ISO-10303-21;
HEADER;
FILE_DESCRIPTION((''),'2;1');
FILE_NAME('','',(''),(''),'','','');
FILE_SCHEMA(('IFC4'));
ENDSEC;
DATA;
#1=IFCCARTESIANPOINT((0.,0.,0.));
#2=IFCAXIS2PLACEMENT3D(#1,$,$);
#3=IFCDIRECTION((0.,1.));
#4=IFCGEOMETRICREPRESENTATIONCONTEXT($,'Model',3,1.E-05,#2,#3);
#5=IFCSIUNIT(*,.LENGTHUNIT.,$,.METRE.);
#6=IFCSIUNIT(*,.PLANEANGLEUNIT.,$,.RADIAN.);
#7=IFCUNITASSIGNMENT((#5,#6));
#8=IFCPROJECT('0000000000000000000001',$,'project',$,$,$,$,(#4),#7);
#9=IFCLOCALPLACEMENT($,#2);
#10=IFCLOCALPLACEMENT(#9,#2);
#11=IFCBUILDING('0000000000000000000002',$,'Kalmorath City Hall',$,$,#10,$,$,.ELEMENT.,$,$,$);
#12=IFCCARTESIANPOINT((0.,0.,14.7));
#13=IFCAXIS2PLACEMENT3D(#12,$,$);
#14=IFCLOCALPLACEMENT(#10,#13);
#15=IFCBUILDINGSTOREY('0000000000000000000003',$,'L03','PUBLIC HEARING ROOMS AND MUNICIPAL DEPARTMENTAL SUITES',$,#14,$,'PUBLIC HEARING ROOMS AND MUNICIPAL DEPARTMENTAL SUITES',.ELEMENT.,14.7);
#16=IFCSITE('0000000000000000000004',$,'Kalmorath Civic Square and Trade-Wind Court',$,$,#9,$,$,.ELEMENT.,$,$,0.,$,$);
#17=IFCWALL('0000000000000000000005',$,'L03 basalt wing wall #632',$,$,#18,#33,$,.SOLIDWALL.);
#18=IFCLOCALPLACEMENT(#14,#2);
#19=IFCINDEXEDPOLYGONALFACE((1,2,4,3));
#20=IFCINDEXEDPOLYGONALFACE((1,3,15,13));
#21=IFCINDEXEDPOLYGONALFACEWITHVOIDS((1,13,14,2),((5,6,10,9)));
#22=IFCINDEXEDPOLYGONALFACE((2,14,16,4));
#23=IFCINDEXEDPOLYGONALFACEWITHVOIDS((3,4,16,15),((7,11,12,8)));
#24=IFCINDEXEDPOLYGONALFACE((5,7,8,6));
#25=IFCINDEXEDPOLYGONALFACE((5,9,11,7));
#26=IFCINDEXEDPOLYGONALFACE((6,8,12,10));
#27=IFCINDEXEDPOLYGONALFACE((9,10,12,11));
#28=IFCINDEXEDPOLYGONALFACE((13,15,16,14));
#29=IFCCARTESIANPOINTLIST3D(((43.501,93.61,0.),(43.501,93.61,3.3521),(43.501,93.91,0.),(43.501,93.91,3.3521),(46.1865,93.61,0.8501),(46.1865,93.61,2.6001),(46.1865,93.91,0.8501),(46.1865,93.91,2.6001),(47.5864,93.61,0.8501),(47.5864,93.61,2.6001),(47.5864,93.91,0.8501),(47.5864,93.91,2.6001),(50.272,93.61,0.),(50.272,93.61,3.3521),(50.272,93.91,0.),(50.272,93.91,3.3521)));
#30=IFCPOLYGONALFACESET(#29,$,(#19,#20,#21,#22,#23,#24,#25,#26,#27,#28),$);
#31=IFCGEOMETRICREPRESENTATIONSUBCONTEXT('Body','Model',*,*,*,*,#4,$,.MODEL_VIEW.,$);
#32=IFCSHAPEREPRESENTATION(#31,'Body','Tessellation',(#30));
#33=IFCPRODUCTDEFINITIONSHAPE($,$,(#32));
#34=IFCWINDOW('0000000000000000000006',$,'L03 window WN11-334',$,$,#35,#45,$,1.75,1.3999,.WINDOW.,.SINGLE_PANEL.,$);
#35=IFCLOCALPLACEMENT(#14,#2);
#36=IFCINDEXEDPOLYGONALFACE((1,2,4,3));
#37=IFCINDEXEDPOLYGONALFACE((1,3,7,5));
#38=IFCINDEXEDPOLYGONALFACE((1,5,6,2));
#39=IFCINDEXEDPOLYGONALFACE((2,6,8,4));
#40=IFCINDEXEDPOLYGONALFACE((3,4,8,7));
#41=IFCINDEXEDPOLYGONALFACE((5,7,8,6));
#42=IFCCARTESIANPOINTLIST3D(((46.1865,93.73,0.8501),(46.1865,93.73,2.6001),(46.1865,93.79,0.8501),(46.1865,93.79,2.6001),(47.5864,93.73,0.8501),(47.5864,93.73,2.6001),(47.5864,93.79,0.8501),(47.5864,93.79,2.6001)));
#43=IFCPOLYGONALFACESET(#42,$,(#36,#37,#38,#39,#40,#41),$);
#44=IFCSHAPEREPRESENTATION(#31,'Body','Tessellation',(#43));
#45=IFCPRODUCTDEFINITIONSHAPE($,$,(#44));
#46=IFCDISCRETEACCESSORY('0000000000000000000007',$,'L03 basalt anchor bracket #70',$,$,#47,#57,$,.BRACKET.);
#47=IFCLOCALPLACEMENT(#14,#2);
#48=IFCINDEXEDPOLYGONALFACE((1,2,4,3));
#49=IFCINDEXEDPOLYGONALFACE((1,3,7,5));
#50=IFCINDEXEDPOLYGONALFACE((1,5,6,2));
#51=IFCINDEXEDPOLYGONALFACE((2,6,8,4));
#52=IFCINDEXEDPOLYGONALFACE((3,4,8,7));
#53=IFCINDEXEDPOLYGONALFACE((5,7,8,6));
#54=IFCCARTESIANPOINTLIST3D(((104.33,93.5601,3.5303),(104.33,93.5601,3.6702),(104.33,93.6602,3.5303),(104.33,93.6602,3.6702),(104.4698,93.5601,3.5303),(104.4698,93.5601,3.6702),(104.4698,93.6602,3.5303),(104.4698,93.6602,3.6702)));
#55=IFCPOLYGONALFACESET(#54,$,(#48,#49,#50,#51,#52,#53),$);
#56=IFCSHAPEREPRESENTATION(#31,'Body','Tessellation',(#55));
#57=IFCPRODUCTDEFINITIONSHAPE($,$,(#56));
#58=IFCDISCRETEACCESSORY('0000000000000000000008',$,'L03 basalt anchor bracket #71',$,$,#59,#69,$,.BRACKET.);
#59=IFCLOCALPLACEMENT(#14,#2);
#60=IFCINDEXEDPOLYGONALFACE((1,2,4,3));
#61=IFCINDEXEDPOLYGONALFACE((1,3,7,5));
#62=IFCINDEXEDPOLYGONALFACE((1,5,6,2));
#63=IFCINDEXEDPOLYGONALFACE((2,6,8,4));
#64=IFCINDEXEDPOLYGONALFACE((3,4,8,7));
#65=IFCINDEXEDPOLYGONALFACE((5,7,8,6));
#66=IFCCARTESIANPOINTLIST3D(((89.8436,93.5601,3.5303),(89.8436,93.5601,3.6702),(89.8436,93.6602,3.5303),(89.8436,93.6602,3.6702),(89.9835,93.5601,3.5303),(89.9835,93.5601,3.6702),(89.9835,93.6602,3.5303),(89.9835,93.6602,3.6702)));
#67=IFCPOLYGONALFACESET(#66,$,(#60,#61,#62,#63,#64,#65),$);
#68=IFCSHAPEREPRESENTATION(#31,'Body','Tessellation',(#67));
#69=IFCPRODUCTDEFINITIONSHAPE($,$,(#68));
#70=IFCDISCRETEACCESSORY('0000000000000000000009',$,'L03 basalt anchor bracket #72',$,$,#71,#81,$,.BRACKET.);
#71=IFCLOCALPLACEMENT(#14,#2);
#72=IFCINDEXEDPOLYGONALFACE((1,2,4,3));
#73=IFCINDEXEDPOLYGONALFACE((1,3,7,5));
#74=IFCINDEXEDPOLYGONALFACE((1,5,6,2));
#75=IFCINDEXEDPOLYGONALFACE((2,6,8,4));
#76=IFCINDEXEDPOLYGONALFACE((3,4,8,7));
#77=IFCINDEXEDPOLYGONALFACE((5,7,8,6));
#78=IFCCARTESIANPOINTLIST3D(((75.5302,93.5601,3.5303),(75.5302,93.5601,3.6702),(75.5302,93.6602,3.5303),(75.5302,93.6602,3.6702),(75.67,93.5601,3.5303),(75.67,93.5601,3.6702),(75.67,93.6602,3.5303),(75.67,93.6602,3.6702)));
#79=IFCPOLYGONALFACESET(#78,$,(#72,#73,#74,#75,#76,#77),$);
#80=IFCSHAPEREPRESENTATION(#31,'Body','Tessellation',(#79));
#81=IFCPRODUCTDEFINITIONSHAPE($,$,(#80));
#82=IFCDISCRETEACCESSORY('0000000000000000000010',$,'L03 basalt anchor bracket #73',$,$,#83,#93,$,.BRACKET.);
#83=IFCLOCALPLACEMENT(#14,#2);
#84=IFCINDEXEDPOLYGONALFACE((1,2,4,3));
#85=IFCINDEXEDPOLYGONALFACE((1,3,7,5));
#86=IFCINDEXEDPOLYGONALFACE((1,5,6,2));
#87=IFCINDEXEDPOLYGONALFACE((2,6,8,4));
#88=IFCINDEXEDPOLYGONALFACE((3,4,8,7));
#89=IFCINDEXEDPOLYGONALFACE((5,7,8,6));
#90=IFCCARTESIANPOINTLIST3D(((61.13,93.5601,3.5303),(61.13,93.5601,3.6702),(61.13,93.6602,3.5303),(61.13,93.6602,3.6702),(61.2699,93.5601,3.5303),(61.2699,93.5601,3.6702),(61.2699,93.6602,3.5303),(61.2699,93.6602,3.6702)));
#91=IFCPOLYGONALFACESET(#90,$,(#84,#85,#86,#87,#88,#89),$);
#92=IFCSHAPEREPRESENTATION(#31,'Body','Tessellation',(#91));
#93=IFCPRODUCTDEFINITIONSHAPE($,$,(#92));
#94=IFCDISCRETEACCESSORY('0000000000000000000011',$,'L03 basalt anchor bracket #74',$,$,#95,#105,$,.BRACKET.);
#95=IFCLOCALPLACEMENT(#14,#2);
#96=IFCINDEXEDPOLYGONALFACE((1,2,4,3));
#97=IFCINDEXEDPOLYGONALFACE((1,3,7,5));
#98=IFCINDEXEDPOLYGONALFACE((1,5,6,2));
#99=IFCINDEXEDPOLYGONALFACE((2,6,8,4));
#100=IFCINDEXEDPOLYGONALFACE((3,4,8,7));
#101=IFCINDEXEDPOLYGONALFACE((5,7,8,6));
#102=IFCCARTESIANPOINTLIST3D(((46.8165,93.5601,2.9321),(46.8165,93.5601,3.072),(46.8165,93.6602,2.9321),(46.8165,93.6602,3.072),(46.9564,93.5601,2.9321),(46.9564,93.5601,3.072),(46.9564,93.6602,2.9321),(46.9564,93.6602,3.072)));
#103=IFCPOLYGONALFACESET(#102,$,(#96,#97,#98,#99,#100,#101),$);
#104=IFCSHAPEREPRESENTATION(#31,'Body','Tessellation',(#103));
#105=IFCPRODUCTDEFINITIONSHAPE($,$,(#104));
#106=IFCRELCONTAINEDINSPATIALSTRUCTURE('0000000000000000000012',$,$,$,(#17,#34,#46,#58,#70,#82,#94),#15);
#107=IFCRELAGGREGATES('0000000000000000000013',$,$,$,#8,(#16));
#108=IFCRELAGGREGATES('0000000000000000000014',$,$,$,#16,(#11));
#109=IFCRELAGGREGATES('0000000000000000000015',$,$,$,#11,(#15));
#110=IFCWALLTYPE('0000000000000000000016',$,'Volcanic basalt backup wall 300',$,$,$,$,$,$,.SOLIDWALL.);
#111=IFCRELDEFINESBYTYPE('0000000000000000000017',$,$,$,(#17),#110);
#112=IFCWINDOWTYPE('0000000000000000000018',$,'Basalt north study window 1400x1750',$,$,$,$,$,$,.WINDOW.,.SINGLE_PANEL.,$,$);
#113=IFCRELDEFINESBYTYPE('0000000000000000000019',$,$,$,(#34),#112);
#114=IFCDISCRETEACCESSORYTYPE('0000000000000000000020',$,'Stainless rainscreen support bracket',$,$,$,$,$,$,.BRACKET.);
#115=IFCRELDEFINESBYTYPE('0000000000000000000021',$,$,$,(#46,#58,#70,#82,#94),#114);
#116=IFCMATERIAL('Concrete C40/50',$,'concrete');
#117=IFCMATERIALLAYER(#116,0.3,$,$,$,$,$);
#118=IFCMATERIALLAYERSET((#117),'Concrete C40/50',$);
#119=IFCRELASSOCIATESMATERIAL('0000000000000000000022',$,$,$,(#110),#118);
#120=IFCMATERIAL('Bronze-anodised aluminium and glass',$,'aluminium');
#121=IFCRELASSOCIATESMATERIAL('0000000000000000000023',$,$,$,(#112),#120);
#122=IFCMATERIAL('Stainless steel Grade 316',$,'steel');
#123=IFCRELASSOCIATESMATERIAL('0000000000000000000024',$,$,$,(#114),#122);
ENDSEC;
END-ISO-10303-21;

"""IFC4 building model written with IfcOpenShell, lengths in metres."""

from ifc_helpers import new_model, si_unit, direction, frame, frame_2d, origin, origin_2d, place, context, subcontext, project, spatial, rectangle, extrude, material, layer, layer_set, type_object, element, fill, save


model = new_model("IFC4")

# Units and contexts
model_context = context("Model", 3, precision=1e-05, world=origin(), true_north=direction((0.0, 1.0)))
body_context = subcontext(model_context, "Body", "Model", "MODEL_VIEW")
ifc_project = project(units=[si_unit("LENGTHUNIT", "METRE"), si_unit("PLANEANGLEUNIT", "RADIAN")], contexts=[model_context])

# Site, building, storey
site_placement = place(None, origin())
site = spatial("IfcSite", under=ifc_project, at=site_placement, Name="Kalmorath Civic Square and Trade-Wind Court", CompositionType="ELEMENT", RefElevation=0.0)
building_placement = place(site_placement, origin())
building = spatial("IfcBuilding", under=site, at=building_placement, Name="Kalmorath City Hall", CompositionType="ELEMENT")
storey_placement = place(building_placement, frame((0.0, 0.0, 14.7)))
storey = spatial("IfcBuildingStorey", under=building, at=storey_placement, Name="L03", Description="PUBLIC HEARING ROOMS AND MUNICIPAL DEPARTMENTAL SUITES", LongName="PUBLIC HEARING ROOMS AND MUNICIPAL DEPARTMENTAL SUITES", CompositionType="ELEMENT", Elevation=14.7)

# Wall, opening, window
ifc_material_1 = material(Name="Concrete C40/50", Category="concrete")
ifc_layer_1 = layer(ifc_material_1, 0.3)
ifc_layer_set_1 = layer_set([ifc_layer_1], Name="Concrete C40/50")
wall_type = type_object("IfcWallType", Name="Volcanic basalt backup wall 300", PredefinedType="SOLIDWALL", material=ifc_layer_set_1)
wall_placement = place(storey_placement, frame((50.272, 93.76, 0.0), z_axis=(0.0, 0.0, 1.0), x_axis=(-1.0, 0.0, 0.0)))
wall = element("IfcWall", 1, at=wall_placement, inside=storey, type_object=wall_type, Name="L03 basalt wing wall #632", PredefinedType="SOLIDWALL", context=body_context, shape_type="SweptSolid", body=[
    extrude(rectangle(XDim=6.771, YDim=0.3, at=frame_2d((3.3855, 0.0))), origin(), (0.0, 0.0, 1.0), 3.3521),
])
opening_placement = place(wall_placement, frame((2.6855, 0.0, 0.8501)))
opening = element("IfcOpeningElement", 2, at=opening_placement, cuts=wall, PredefinedType="OPENING", context=body_context, shape_type="SweptSolid", body=[
    extrude(rectangle(XDim=1.3999, YDim=1.75, at=frame_2d((0.7, 0.875))), frame((0.0, 0.1599, 0.0), z_axis=(0.0, -1.0, 0.0), x_axis=(1.0, 0.0, 0.0)), (0.0, 0.0, 1.0), 0.3201),
])
ifc_material_2 = material(Name="Bronze-anodised aluminium and glass", Category="aluminium")
window_type = type_object("IfcWindowType", Name="Basalt north study window 1400x1750", PartitioningType="SINGLE_PANEL", PredefinedType="WINDOW", material=ifc_material_2)
window_placement = place(opening_placement, origin())
window = element("IfcWindow", 3, at=window_placement, inside=storey, type_object=window_type, Name="L03 window WN11-334", OverallHeight=1.75, OverallWidth=1.3999, PartitioningType="SINGLE_PANEL", PredefinedType="WINDOW", context=body_context, shape_type="SweptSolid", body=[
    extrude(rectangle(XDim=1.3999, YDim=1.75, at=frame_2d((0.7, 0.875))), frame((0.0, 0.03, 0.0), z_axis=(0.0, -1.0, 0.0), x_axis=(1.0, 0.0, 0.0)), (0.0, 0.0, 1.0), 0.0601),
])
fill(opening, window)

# Discrete accessories
ifc_material_3 = material(Name="Stainless steel Grade 316", Category="steel")
discrete_accessory_type = type_object("IfcDiscreteAccessoryType", Name="Stainless rainscreen support bracket", PredefinedType="BRACKET", material=ifc_material_3)
for number, where, z_axis, x_axis, name in (
    (4, (104.3999, 93.6101, 3.5303), (0.0, 0.0, 1.0), (-1.0, 0.0, 0.0), "L03 basalt anchor bracket #70"),
    (5, (89.9136, 93.6101, 3.5303), (0.0, 0.0, 1.0), (-1.0, 0.0, 0.0), "L03 basalt anchor bracket #71"),
    (6, (75.6001, 93.6101, 3.5303), (0.0, 0.0, 1.0), (-1.0, 0.0, 0.0), "L03 basalt anchor bracket #72"),
    (7, (61.2, 93.6101, 3.5303), (0.0, 0.0, 1.0), (-1.0, 0.0, 0.0), "L03 basalt anchor bracket #73"),
    (8, (46.8865, 93.6101, 2.9321), (0.0, 0.0, 1.0), (-1.0, 0.0, 0.0), "L03 basalt anchor bracket #74"),
):
    element("IfcDiscreteAccessory", number, at=place(storey_placement, frame(where, z_axis=z_axis, x_axis=x_axis)), inside=storey, type_object=discrete_accessory_type, Name=name, PredefinedType="BRACKET", context=body_context, shape_type="SweptSolid", body=[
        extrude(rectangle(XDim=0.1399, YDim=0.1001, at=origin_2d()), origin(), (0.0, 0.0, 1.0), 0.1399),
    ])

save(model, "model.ifc")
